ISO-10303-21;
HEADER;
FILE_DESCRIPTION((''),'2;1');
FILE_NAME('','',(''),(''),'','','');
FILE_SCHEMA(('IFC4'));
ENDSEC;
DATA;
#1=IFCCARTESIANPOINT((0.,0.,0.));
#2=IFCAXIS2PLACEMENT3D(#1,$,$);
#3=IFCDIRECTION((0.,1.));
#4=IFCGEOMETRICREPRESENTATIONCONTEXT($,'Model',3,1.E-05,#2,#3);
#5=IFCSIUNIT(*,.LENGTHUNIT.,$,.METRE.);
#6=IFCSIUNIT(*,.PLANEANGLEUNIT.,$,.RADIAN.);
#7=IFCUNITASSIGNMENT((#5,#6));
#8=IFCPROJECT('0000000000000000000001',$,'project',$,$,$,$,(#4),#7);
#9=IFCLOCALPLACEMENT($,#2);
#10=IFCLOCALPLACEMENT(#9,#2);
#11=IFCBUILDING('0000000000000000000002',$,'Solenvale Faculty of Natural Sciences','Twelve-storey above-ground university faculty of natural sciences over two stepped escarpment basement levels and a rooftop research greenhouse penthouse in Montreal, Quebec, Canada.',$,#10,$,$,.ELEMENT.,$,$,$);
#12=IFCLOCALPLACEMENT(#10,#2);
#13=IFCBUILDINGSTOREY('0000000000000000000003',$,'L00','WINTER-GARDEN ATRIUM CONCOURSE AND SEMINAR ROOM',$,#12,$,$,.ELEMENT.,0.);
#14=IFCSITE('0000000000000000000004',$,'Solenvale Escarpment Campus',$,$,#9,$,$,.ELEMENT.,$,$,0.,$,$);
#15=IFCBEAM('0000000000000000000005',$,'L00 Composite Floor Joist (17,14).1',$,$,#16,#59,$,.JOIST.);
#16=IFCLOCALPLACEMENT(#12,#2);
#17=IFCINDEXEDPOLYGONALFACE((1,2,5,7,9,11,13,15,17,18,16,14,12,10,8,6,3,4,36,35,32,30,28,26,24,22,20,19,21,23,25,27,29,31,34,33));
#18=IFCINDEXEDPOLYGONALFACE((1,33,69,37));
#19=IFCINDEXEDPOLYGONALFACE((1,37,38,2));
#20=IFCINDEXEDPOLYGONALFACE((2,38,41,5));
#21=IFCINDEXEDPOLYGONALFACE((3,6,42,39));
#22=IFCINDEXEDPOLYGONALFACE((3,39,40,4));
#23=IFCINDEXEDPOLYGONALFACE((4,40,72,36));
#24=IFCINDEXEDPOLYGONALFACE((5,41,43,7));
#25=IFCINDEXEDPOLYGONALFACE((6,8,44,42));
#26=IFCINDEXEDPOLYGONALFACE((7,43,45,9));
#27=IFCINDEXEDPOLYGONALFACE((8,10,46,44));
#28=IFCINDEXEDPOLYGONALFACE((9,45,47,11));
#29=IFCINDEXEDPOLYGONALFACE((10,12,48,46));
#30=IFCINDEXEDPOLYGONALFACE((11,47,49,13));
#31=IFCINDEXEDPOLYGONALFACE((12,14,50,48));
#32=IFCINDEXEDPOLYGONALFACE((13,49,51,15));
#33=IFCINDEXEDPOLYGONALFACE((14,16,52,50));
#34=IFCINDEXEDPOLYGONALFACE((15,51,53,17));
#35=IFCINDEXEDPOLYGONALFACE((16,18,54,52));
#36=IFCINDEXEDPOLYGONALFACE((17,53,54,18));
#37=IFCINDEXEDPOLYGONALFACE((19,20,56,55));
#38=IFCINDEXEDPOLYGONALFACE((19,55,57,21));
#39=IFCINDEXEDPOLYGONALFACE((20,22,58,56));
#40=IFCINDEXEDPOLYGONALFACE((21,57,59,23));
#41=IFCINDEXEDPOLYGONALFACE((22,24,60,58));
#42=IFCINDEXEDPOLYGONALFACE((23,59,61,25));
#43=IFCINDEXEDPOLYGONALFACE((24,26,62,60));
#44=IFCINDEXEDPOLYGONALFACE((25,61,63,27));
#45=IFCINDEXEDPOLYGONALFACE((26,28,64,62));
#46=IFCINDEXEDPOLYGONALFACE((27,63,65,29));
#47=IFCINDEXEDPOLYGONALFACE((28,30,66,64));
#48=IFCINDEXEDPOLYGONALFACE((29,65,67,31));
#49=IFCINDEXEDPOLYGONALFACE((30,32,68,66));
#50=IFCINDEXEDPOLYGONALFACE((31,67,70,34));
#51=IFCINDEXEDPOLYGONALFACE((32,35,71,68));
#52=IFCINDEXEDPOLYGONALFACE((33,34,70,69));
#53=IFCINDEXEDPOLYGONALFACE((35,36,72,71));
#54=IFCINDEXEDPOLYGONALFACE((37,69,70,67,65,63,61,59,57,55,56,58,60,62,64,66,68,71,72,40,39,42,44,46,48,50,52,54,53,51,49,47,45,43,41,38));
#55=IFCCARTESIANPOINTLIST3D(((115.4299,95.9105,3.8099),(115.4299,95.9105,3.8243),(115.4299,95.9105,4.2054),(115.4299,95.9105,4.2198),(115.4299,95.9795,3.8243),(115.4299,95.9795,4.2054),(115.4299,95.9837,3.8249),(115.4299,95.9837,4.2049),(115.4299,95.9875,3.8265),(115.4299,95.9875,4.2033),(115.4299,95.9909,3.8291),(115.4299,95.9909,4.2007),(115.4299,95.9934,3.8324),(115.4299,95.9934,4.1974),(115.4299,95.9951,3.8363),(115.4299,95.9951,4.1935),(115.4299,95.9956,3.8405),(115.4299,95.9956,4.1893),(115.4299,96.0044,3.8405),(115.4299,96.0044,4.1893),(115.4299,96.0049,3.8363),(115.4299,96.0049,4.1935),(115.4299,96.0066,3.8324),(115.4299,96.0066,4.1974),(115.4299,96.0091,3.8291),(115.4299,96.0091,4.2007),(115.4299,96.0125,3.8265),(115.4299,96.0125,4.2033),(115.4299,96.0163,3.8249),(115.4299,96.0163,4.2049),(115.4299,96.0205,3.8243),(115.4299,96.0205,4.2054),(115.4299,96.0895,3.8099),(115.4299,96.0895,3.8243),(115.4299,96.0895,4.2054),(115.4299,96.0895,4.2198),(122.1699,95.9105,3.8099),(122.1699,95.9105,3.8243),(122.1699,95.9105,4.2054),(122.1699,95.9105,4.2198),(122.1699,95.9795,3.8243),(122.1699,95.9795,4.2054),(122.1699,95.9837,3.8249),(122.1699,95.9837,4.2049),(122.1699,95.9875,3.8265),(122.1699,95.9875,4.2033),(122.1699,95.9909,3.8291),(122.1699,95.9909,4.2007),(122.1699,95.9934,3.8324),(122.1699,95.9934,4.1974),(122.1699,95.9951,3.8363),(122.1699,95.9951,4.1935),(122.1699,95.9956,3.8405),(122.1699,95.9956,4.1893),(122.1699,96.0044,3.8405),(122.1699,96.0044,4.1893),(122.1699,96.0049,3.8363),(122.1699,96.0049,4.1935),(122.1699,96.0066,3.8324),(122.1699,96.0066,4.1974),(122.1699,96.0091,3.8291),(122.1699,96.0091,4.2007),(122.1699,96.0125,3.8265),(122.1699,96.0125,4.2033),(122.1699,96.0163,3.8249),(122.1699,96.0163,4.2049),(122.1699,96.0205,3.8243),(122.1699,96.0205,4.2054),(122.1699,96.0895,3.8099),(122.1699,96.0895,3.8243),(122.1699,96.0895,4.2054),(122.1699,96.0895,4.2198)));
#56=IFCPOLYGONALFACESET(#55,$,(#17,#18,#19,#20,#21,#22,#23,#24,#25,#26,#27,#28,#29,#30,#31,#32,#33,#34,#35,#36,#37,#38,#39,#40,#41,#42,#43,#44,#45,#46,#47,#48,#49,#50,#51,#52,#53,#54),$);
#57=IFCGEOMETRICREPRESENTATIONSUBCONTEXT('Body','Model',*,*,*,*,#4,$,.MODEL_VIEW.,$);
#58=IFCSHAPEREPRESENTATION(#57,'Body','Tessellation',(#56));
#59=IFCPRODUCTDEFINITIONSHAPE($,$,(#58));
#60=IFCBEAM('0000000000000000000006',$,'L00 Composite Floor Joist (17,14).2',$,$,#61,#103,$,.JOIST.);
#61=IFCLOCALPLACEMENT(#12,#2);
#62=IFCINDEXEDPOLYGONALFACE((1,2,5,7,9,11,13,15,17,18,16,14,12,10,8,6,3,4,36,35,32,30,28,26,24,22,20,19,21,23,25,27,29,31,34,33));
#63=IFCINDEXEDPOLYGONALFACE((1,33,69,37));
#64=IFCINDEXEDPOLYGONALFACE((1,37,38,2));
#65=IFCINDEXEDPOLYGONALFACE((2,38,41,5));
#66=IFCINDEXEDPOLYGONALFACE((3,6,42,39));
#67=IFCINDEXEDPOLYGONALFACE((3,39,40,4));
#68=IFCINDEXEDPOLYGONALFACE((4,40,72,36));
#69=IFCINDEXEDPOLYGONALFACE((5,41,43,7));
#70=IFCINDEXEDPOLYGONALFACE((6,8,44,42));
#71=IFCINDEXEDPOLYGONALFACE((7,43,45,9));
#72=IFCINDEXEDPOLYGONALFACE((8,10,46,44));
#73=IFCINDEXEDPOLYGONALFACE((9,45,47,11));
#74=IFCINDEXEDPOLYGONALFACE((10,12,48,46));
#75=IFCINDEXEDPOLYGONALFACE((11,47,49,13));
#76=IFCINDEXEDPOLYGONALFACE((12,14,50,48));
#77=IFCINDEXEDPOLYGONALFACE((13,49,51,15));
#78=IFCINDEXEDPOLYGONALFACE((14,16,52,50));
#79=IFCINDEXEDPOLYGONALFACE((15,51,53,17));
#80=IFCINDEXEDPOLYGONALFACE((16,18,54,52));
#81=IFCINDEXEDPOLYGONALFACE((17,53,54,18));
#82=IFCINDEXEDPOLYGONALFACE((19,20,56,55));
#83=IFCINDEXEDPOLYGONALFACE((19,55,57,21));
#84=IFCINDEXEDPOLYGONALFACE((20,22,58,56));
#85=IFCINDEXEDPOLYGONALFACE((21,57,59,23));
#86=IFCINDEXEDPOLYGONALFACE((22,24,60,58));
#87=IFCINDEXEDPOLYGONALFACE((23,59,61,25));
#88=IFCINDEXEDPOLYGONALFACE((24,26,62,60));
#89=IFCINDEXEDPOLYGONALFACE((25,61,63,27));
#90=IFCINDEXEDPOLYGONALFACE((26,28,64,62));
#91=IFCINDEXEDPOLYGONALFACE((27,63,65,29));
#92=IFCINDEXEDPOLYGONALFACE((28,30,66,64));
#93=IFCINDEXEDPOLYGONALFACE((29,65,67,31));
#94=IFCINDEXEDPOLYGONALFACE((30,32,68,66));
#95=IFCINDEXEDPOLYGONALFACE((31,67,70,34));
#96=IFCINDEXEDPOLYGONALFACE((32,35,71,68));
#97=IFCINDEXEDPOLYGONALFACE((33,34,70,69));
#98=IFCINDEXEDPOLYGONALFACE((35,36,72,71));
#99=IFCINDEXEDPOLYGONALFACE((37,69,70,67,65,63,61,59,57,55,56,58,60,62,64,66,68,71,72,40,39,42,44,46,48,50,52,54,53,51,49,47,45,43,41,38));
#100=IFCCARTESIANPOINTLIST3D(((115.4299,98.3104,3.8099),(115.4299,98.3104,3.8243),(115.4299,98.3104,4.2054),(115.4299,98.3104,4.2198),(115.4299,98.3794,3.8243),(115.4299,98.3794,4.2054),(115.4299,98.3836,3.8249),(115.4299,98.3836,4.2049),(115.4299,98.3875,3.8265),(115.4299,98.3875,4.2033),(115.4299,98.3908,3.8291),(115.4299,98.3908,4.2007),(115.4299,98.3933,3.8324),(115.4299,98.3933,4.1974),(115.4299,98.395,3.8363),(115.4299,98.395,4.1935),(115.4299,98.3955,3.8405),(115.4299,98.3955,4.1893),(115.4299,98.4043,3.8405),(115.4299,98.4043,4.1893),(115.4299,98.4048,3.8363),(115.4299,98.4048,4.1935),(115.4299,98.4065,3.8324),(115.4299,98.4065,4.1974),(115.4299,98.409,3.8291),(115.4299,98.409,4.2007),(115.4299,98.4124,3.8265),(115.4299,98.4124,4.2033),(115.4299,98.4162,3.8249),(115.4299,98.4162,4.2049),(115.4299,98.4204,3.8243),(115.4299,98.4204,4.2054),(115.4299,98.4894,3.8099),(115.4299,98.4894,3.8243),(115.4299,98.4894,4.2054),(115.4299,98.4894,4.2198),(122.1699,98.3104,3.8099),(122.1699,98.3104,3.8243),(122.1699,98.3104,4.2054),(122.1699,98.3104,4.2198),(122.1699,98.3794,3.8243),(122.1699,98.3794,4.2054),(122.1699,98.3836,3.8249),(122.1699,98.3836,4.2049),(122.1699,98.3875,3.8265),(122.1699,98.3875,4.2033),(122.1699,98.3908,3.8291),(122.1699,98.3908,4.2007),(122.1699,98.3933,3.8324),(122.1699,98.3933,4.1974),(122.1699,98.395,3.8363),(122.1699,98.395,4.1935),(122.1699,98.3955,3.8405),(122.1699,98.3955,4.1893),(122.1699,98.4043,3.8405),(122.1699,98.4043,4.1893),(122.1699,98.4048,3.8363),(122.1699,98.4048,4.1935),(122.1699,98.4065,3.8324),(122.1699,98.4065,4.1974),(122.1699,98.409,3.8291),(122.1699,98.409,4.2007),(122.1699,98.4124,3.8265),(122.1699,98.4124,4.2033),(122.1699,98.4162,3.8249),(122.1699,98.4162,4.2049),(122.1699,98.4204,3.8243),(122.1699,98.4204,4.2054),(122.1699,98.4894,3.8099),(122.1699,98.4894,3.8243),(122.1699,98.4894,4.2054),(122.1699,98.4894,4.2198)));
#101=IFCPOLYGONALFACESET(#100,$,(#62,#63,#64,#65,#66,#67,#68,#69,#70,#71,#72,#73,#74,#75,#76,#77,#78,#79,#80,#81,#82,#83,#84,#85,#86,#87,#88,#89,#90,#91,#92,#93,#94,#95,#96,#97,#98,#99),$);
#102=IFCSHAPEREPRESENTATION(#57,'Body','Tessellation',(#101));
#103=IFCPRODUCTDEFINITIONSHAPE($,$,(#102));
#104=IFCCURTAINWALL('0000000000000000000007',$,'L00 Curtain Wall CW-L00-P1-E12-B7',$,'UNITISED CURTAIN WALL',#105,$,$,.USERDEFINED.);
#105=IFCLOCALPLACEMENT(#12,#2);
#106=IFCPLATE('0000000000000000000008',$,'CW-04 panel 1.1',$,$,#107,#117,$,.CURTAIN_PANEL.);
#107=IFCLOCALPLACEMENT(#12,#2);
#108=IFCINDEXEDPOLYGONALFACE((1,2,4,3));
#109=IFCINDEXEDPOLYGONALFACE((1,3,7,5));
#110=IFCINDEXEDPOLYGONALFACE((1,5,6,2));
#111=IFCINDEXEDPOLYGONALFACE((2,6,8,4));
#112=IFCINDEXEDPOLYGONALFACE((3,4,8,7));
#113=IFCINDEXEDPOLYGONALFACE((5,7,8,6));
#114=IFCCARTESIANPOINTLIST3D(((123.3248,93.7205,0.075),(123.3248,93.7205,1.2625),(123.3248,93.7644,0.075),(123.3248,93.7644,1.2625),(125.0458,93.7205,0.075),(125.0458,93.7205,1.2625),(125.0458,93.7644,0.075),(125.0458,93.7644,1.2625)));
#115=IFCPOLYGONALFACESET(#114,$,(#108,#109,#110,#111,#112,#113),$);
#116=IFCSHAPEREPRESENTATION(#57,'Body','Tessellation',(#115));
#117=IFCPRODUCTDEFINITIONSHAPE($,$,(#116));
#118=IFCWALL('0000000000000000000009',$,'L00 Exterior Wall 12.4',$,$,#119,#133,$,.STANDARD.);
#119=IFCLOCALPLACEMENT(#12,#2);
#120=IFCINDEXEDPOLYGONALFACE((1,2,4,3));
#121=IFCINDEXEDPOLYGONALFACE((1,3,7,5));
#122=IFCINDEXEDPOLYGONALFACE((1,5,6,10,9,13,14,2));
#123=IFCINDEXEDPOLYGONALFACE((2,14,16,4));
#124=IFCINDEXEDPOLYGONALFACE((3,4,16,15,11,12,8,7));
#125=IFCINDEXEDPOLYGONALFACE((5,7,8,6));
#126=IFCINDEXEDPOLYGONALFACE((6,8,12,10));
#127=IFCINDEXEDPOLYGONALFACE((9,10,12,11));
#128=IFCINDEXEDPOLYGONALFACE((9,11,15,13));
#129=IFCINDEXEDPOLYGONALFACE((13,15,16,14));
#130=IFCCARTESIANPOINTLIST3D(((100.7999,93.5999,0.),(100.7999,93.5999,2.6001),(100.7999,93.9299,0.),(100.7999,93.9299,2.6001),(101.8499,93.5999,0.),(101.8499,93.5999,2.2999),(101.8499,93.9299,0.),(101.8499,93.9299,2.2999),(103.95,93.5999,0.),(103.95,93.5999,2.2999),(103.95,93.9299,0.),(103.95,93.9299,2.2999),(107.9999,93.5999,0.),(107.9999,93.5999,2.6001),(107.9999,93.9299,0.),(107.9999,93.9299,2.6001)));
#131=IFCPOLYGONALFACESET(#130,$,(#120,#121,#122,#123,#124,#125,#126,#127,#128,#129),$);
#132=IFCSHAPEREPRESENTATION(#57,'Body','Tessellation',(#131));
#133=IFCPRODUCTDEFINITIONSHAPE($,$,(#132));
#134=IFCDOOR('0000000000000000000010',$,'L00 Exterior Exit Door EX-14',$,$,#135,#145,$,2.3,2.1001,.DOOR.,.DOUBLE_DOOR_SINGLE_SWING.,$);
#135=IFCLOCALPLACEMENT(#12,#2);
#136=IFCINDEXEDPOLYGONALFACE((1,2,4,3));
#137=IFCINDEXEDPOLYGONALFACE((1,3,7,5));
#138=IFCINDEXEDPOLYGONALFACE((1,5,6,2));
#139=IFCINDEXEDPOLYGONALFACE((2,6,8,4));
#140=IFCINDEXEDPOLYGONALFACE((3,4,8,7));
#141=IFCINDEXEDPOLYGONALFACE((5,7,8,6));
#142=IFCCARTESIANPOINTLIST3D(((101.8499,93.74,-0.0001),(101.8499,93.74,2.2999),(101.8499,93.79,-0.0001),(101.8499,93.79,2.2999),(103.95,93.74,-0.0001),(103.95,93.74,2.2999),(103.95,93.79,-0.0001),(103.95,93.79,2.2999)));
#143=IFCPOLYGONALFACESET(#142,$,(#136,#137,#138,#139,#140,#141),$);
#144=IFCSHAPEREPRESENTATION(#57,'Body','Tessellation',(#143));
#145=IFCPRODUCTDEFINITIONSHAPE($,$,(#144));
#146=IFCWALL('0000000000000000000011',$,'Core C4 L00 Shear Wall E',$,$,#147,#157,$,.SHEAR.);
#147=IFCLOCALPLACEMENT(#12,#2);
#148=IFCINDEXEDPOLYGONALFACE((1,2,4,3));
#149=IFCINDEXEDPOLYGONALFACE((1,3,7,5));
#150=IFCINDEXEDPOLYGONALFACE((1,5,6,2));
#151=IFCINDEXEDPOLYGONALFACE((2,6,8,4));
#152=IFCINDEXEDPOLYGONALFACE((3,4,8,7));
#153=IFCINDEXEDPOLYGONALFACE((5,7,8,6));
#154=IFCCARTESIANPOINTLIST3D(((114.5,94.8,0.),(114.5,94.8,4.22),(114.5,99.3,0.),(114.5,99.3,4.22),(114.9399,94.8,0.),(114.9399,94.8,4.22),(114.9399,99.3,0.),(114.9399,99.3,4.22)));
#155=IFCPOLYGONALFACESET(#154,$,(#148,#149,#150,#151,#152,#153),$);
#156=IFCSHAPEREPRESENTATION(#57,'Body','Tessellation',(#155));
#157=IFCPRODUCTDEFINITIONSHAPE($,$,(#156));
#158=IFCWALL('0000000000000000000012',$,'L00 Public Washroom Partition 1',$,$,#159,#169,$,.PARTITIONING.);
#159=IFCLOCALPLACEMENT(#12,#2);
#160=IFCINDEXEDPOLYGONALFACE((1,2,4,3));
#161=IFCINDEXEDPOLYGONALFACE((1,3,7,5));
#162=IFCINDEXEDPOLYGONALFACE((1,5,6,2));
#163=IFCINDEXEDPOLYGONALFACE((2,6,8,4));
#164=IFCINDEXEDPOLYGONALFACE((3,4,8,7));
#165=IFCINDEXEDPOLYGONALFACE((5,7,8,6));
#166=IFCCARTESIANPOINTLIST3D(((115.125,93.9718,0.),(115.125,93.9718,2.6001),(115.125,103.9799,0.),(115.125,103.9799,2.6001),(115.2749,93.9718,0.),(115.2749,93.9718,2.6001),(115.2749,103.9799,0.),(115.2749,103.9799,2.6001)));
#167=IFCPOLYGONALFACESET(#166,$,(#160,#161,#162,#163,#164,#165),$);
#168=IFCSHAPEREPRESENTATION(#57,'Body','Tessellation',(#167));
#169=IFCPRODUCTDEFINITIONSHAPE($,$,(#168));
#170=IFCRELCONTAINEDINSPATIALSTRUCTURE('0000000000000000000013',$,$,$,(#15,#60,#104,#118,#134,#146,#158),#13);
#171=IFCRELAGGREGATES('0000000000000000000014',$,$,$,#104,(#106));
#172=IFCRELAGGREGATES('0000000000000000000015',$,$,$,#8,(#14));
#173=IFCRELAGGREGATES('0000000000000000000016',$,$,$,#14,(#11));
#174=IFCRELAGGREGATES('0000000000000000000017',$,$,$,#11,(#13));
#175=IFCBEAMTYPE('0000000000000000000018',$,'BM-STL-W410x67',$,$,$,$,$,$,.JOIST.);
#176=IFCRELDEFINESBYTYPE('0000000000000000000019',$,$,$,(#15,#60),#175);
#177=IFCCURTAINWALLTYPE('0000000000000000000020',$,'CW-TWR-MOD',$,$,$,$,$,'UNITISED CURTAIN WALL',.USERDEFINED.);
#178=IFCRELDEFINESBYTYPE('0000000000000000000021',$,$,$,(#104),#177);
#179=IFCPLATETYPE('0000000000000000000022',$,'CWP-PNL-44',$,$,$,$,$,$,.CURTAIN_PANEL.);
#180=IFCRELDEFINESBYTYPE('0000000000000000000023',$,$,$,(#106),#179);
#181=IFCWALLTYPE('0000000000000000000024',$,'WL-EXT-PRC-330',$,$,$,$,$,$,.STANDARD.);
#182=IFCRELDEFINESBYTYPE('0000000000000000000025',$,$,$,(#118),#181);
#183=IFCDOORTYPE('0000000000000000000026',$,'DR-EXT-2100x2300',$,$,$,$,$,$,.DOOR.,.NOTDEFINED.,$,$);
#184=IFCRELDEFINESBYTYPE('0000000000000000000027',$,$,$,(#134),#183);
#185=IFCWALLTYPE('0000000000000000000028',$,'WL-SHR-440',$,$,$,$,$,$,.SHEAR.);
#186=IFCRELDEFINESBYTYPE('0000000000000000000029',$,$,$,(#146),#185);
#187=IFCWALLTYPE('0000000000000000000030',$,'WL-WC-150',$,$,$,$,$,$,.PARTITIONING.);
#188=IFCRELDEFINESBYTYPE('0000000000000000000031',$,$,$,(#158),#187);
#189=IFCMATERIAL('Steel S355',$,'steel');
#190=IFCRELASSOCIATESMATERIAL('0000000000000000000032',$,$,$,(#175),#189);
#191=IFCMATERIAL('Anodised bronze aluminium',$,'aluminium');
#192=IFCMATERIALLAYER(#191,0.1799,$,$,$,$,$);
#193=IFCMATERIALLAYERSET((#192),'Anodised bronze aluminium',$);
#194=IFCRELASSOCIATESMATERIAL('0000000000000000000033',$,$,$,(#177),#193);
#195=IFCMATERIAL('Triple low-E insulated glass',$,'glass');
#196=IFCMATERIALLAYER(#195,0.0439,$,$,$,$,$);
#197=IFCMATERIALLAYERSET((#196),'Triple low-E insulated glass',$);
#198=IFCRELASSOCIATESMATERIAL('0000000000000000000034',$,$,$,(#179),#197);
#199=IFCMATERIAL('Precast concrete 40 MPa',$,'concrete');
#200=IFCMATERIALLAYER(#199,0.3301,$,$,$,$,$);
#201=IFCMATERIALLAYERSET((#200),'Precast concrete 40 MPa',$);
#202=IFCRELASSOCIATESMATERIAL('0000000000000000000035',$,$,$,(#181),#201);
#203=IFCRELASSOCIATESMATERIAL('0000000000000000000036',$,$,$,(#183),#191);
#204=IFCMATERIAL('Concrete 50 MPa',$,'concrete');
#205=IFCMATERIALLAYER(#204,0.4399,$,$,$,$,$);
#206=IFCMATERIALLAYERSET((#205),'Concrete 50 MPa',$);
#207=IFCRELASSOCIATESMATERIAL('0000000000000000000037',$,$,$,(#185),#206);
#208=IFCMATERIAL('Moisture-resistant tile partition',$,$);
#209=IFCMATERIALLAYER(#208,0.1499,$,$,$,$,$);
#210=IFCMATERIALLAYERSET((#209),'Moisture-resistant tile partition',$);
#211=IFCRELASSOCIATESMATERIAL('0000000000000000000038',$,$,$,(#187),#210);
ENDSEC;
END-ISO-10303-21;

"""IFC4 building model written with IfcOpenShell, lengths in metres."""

from ifc_helpers import new_model, si_unit, direction, frame, frame_2d, origin, origin_2d, place, context, subcontext, project, spatial, rectangle, i_section, extrude, material, layer, layer_set, material_profile, profile_set, type_object, element, fill, aggregate, save


model = new_model("IFC4")

# Units and contexts
model_context = context("Model", 3, precision=1e-05, world=origin(), true_north=direction((0.0, 1.0)))
body_context = subcontext(model_context, "Body", "Model", "MODEL_VIEW")
ifc_project = project(units=[si_unit("LENGTHUNIT", "METRE"), si_unit("PLANEANGLEUNIT", "RADIAN")], contexts=[model_context])

# Site, building, storey
site_placement = place(None, origin())
site = spatial("IfcSite", under=ifc_project, at=site_placement, Name="Solenvale Escarpment Campus", CompositionType="ELEMENT", RefElevation=0.0)
building_placement = place(site_placement, origin())
building = spatial("IfcBuilding", under=site, at=building_placement, Name="Solenvale Faculty of Natural Sciences", Description="Twelve-storey above-ground university faculty of natural sciences over two stepped escarpment basement levels and a rooftop research greenhouse penthouse in Montreal, Quebec, Canada.", CompositionType="ELEMENT")
storey_placement = place(building_placement, origin())
storey = spatial("IfcBuildingStorey", under=building, at=storey_placement, Name="L00", Description="WINTER-GARDEN ATRIUM CONCOURSE AND SEMINAR ROOM", CompositionType="ELEMENT", Elevation=0.0)

# Shared definitions
ifc_material_1 = material(Name="Concrete 50 MPa", Category="concrete")

# Beams
ifc_material_2 = material(Name="Steel S355", Category="steel")
ifc_material_profile_1 = material_profile(ifc_material_2, i_section(OverallWidth=0.179, OverallDepth=0.4099, WebThickness=0.0088, FlangeThickness=0.0144, FilletRadius=0.0161, at=origin_2d()), Name="W410x67")
ifc_profile_set_1 = profile_set([ifc_material_profile_1], Name="Steel S355")
beam_type_1 = type_object("IfcBeamType", Name="BM-STL-W410x67", PredefinedType="JOIST", material=ifc_profile_set_1)
for number, where, z_axis, x_axis, name in (
    (1, (115.4299, 96.0, 4.0149), (1.0, 0.0, 0.0), (0.0, 1.0, 0.0), "L00 Composite Floor Joist (17,14).1"),
    (2, (115.4299, 98.3999, 4.0149), (1.0, 0.0, 0.0), (0.0, 1.0, 0.0), "L00 Composite Floor Joist (17,14).2"),
):
    element("IfcBeam", number, at=place(storey_placement, frame(where, z_axis=z_axis, x_axis=x_axis)), inside=storey, type_object=beam_type_1, Name=name, PredefinedType="JOIST", context=body_context, shape_type="SweptSolid", body=[
        extrude(i_section(OverallWidth=0.179, OverallDepth=0.4099, WebThickness=0.0088, FlangeThickness=0.0144, FilletRadius=0.0161, at=origin_2d()), origin(), (0.0, 0.0, 1.0), 6.74),
    ])

# Curtain wall, plate
ifc_material_3 = material(Name="Anodised bronze aluminium", Category="aluminium")
ifc_layer_1 = layer(ifc_material_3, 0.1799)
ifc_layer_set_1 = layer_set([ifc_layer_1], Name="Anodised bronze aluminium")
curtain_wall_type = type_object("IfcCurtainWallType", Name="CW-TWR-MOD", ElementType="UNITISED CURTAIN WALL", PredefinedType="USERDEFINED", material=ifc_layer_set_1)
curtain_wall_placement = place(storey_placement, origin())
curtain_wall = element("IfcCurtainWall", 3, at=curtain_wall_placement, inside=storey, type_object=curtain_wall_type, Name="L00 Curtain Wall CW-L00-P1-E12-B7", ObjectType="UNITISED CURTAIN WALL", PredefinedType="USERDEFINED")
ifc_material_4 = material(Name="Triple low-E insulated glass", Category="glass")
ifc_layer_2 = layer(ifc_material_4, 0.0439)
ifc_layer_set_2 = layer_set([ifc_layer_2], Name="Triple low-E insulated glass")
plate_type = type_object("IfcPlateType", Name="CWP-PNL-44", PredefinedType="CURTAIN_PANEL", material=ifc_layer_set_2)
plate_placement = place(storey_placement, frame((124.1853, 93.7424, 0.075), z_axis=(0.0, 0.0, 1.0), x_axis=(1.0, 0.0, 0.0)))
plate = element("IfcPlate", 4, at=plate_placement, type_object=plate_type, Name="CW-04 panel 1.1", PredefinedType="CURTAIN_PANEL", context=body_context, shape_type="SweptSolid", body=[
    extrude(rectangle(XDim=1.7209, YDim=0.0439, at=origin_2d()), origin(), (0.0, 0.0, 1.0), 1.1875),
])
aggregate(curtain_wall, [plate])

# Wall, opening, door
ifc_material_5 = material(Name="Precast concrete 40 MPa", Category="concrete")
ifc_layer_3 = layer(ifc_material_5, 0.3301)
ifc_layer_set_3 = layer_set([ifc_layer_3], Name="Precast concrete 40 MPa")
wall_type_1 = type_object("IfcWallType", Name="WL-EXT-PRC-330", PredefinedType="STANDARD", material=ifc_layer_set_3)
wall_1_placement = place(storey_placement, frame((108.0, 93.7649, 0.0), z_axis=(0.0, 0.0, 1.0), x_axis=(-1.0, 0.0, 0.0)))
wall_1 = element("IfcWall", 5, at=wall_1_placement, inside=storey, type_object=wall_type_1, Name="L00 Exterior Wall 12.4", PredefinedType="STANDARD", context=body_context, shape_type="SweptSolid", body=[
    extrude(rectangle(XDim=7.2, YDim=0.3301, at=frame_2d((3.6001, 0.0))), origin(), (0.0, 0.0, 1.0), 2.6001),
])
opening_placement = place(wall_1_placement, frame((4.05, 0.0, 0.0)))
opening = element("IfcOpeningElement", 6, at=opening_placement, cuts=wall_1, PredefinedType="OPENING", context=body_context, shape_type="SweptSolid", body=[
    extrude(rectangle(XDim=2.1001, YDim=2.3, at=frame_2d((1.05, 1.1499))), frame((0.0, 0.175, 0.0), z_axis=(0.0, -1.0, 0.0), x_axis=(1.0, 0.0, 0.0)), (0.0, 0.0, 1.0), 0.3501),
])
door_type = type_object("IfcDoorType", Name="DR-EXT-2100x2300", OperationType="NOTDEFINED", PredefinedType="DOOR", material=ifc_material_3)
door_placement = place(opening_placement, origin())
door = element("IfcDoor", 7, at=door_placement, inside=storey, type_object=door_type, Name="L00 Exterior Exit Door EX-14", OperationType="DOUBLE_DOOR_SINGLE_SWING", OverallHeight=2.3, OverallWidth=2.1001, PredefinedType="DOOR", context=body_context, shape_type="SweptSolid", body=[
    extrude(rectangle(XDim=2.1001, YDim=2.3, at=frame_2d((1.05, 1.1499))), frame((0.0, 0.0249, 0.0), z_axis=(0.0, -1.0, 0.0), x_axis=(1.0, 0.0, 0.0)), (0.0, 0.0, 1.0), 0.05),
])
fill(opening, door)

# Walls
ifc_layer_4 = layer(ifc_material_1, 0.4399)
ifc_layer_set_4 = layer_set([ifc_layer_4], Name="Concrete 50 MPa")
wall_type_2 = type_object("IfcWallType", Name="WL-SHR-440", PredefinedType="SHEAR", material=ifc_layer_set_4)
wall_2_placement = place(storey_placement, frame((114.72, 94.8, 0.0), z_axis=(0.0, 0.0, 1.0), x_axis=(0.0, 1.0, 0.0)))
element("IfcWall", 8, at=wall_2_placement, inside=storey, type_object=wall_type_2, Name="Core C4 L00 Shear Wall E", PredefinedType="SHEAR", context=body_context, shape_type="SweptSolid", body=[
    extrude(rectangle(XDim=4.5, YDim=0.4399, at=frame_2d((2.25, 0.0))), origin(), (0.0, 0.0, 1.0), 4.22),
])
ifc_material_6 = material(Name="Moisture-resistant tile partition")
ifc_layer_5 = layer(ifc_material_6, 0.1499)
ifc_layer_set_5 = layer_set([ifc_layer_5], Name="Moisture-resistant tile partition")
wall_type_3 = type_object("IfcWallType", Name="WL-WC-150", PredefinedType="PARTITIONING", material=ifc_layer_set_5)
wall_3_placement = place(storey_placement, frame((115.2, 93.9719, 0.0), z_axis=(0.0, 0.0, 1.0), x_axis=(0.0, 1.0, 0.0)))
element("IfcWall", 9, at=wall_3_placement, inside=storey, type_object=wall_type_3, Name="L00 Public Washroom Partition 1", PredefinedType="PARTITIONING", context=body_context, shape_type="SweptSolid", body=[
    extrude(rectangle(XDim=10.0081, YDim=0.1499, at=frame_2d((5.0039, 0.0))), origin(), (0.0, 0.0, 1.0), 2.6001),
])

save(model, "model.ifc")
